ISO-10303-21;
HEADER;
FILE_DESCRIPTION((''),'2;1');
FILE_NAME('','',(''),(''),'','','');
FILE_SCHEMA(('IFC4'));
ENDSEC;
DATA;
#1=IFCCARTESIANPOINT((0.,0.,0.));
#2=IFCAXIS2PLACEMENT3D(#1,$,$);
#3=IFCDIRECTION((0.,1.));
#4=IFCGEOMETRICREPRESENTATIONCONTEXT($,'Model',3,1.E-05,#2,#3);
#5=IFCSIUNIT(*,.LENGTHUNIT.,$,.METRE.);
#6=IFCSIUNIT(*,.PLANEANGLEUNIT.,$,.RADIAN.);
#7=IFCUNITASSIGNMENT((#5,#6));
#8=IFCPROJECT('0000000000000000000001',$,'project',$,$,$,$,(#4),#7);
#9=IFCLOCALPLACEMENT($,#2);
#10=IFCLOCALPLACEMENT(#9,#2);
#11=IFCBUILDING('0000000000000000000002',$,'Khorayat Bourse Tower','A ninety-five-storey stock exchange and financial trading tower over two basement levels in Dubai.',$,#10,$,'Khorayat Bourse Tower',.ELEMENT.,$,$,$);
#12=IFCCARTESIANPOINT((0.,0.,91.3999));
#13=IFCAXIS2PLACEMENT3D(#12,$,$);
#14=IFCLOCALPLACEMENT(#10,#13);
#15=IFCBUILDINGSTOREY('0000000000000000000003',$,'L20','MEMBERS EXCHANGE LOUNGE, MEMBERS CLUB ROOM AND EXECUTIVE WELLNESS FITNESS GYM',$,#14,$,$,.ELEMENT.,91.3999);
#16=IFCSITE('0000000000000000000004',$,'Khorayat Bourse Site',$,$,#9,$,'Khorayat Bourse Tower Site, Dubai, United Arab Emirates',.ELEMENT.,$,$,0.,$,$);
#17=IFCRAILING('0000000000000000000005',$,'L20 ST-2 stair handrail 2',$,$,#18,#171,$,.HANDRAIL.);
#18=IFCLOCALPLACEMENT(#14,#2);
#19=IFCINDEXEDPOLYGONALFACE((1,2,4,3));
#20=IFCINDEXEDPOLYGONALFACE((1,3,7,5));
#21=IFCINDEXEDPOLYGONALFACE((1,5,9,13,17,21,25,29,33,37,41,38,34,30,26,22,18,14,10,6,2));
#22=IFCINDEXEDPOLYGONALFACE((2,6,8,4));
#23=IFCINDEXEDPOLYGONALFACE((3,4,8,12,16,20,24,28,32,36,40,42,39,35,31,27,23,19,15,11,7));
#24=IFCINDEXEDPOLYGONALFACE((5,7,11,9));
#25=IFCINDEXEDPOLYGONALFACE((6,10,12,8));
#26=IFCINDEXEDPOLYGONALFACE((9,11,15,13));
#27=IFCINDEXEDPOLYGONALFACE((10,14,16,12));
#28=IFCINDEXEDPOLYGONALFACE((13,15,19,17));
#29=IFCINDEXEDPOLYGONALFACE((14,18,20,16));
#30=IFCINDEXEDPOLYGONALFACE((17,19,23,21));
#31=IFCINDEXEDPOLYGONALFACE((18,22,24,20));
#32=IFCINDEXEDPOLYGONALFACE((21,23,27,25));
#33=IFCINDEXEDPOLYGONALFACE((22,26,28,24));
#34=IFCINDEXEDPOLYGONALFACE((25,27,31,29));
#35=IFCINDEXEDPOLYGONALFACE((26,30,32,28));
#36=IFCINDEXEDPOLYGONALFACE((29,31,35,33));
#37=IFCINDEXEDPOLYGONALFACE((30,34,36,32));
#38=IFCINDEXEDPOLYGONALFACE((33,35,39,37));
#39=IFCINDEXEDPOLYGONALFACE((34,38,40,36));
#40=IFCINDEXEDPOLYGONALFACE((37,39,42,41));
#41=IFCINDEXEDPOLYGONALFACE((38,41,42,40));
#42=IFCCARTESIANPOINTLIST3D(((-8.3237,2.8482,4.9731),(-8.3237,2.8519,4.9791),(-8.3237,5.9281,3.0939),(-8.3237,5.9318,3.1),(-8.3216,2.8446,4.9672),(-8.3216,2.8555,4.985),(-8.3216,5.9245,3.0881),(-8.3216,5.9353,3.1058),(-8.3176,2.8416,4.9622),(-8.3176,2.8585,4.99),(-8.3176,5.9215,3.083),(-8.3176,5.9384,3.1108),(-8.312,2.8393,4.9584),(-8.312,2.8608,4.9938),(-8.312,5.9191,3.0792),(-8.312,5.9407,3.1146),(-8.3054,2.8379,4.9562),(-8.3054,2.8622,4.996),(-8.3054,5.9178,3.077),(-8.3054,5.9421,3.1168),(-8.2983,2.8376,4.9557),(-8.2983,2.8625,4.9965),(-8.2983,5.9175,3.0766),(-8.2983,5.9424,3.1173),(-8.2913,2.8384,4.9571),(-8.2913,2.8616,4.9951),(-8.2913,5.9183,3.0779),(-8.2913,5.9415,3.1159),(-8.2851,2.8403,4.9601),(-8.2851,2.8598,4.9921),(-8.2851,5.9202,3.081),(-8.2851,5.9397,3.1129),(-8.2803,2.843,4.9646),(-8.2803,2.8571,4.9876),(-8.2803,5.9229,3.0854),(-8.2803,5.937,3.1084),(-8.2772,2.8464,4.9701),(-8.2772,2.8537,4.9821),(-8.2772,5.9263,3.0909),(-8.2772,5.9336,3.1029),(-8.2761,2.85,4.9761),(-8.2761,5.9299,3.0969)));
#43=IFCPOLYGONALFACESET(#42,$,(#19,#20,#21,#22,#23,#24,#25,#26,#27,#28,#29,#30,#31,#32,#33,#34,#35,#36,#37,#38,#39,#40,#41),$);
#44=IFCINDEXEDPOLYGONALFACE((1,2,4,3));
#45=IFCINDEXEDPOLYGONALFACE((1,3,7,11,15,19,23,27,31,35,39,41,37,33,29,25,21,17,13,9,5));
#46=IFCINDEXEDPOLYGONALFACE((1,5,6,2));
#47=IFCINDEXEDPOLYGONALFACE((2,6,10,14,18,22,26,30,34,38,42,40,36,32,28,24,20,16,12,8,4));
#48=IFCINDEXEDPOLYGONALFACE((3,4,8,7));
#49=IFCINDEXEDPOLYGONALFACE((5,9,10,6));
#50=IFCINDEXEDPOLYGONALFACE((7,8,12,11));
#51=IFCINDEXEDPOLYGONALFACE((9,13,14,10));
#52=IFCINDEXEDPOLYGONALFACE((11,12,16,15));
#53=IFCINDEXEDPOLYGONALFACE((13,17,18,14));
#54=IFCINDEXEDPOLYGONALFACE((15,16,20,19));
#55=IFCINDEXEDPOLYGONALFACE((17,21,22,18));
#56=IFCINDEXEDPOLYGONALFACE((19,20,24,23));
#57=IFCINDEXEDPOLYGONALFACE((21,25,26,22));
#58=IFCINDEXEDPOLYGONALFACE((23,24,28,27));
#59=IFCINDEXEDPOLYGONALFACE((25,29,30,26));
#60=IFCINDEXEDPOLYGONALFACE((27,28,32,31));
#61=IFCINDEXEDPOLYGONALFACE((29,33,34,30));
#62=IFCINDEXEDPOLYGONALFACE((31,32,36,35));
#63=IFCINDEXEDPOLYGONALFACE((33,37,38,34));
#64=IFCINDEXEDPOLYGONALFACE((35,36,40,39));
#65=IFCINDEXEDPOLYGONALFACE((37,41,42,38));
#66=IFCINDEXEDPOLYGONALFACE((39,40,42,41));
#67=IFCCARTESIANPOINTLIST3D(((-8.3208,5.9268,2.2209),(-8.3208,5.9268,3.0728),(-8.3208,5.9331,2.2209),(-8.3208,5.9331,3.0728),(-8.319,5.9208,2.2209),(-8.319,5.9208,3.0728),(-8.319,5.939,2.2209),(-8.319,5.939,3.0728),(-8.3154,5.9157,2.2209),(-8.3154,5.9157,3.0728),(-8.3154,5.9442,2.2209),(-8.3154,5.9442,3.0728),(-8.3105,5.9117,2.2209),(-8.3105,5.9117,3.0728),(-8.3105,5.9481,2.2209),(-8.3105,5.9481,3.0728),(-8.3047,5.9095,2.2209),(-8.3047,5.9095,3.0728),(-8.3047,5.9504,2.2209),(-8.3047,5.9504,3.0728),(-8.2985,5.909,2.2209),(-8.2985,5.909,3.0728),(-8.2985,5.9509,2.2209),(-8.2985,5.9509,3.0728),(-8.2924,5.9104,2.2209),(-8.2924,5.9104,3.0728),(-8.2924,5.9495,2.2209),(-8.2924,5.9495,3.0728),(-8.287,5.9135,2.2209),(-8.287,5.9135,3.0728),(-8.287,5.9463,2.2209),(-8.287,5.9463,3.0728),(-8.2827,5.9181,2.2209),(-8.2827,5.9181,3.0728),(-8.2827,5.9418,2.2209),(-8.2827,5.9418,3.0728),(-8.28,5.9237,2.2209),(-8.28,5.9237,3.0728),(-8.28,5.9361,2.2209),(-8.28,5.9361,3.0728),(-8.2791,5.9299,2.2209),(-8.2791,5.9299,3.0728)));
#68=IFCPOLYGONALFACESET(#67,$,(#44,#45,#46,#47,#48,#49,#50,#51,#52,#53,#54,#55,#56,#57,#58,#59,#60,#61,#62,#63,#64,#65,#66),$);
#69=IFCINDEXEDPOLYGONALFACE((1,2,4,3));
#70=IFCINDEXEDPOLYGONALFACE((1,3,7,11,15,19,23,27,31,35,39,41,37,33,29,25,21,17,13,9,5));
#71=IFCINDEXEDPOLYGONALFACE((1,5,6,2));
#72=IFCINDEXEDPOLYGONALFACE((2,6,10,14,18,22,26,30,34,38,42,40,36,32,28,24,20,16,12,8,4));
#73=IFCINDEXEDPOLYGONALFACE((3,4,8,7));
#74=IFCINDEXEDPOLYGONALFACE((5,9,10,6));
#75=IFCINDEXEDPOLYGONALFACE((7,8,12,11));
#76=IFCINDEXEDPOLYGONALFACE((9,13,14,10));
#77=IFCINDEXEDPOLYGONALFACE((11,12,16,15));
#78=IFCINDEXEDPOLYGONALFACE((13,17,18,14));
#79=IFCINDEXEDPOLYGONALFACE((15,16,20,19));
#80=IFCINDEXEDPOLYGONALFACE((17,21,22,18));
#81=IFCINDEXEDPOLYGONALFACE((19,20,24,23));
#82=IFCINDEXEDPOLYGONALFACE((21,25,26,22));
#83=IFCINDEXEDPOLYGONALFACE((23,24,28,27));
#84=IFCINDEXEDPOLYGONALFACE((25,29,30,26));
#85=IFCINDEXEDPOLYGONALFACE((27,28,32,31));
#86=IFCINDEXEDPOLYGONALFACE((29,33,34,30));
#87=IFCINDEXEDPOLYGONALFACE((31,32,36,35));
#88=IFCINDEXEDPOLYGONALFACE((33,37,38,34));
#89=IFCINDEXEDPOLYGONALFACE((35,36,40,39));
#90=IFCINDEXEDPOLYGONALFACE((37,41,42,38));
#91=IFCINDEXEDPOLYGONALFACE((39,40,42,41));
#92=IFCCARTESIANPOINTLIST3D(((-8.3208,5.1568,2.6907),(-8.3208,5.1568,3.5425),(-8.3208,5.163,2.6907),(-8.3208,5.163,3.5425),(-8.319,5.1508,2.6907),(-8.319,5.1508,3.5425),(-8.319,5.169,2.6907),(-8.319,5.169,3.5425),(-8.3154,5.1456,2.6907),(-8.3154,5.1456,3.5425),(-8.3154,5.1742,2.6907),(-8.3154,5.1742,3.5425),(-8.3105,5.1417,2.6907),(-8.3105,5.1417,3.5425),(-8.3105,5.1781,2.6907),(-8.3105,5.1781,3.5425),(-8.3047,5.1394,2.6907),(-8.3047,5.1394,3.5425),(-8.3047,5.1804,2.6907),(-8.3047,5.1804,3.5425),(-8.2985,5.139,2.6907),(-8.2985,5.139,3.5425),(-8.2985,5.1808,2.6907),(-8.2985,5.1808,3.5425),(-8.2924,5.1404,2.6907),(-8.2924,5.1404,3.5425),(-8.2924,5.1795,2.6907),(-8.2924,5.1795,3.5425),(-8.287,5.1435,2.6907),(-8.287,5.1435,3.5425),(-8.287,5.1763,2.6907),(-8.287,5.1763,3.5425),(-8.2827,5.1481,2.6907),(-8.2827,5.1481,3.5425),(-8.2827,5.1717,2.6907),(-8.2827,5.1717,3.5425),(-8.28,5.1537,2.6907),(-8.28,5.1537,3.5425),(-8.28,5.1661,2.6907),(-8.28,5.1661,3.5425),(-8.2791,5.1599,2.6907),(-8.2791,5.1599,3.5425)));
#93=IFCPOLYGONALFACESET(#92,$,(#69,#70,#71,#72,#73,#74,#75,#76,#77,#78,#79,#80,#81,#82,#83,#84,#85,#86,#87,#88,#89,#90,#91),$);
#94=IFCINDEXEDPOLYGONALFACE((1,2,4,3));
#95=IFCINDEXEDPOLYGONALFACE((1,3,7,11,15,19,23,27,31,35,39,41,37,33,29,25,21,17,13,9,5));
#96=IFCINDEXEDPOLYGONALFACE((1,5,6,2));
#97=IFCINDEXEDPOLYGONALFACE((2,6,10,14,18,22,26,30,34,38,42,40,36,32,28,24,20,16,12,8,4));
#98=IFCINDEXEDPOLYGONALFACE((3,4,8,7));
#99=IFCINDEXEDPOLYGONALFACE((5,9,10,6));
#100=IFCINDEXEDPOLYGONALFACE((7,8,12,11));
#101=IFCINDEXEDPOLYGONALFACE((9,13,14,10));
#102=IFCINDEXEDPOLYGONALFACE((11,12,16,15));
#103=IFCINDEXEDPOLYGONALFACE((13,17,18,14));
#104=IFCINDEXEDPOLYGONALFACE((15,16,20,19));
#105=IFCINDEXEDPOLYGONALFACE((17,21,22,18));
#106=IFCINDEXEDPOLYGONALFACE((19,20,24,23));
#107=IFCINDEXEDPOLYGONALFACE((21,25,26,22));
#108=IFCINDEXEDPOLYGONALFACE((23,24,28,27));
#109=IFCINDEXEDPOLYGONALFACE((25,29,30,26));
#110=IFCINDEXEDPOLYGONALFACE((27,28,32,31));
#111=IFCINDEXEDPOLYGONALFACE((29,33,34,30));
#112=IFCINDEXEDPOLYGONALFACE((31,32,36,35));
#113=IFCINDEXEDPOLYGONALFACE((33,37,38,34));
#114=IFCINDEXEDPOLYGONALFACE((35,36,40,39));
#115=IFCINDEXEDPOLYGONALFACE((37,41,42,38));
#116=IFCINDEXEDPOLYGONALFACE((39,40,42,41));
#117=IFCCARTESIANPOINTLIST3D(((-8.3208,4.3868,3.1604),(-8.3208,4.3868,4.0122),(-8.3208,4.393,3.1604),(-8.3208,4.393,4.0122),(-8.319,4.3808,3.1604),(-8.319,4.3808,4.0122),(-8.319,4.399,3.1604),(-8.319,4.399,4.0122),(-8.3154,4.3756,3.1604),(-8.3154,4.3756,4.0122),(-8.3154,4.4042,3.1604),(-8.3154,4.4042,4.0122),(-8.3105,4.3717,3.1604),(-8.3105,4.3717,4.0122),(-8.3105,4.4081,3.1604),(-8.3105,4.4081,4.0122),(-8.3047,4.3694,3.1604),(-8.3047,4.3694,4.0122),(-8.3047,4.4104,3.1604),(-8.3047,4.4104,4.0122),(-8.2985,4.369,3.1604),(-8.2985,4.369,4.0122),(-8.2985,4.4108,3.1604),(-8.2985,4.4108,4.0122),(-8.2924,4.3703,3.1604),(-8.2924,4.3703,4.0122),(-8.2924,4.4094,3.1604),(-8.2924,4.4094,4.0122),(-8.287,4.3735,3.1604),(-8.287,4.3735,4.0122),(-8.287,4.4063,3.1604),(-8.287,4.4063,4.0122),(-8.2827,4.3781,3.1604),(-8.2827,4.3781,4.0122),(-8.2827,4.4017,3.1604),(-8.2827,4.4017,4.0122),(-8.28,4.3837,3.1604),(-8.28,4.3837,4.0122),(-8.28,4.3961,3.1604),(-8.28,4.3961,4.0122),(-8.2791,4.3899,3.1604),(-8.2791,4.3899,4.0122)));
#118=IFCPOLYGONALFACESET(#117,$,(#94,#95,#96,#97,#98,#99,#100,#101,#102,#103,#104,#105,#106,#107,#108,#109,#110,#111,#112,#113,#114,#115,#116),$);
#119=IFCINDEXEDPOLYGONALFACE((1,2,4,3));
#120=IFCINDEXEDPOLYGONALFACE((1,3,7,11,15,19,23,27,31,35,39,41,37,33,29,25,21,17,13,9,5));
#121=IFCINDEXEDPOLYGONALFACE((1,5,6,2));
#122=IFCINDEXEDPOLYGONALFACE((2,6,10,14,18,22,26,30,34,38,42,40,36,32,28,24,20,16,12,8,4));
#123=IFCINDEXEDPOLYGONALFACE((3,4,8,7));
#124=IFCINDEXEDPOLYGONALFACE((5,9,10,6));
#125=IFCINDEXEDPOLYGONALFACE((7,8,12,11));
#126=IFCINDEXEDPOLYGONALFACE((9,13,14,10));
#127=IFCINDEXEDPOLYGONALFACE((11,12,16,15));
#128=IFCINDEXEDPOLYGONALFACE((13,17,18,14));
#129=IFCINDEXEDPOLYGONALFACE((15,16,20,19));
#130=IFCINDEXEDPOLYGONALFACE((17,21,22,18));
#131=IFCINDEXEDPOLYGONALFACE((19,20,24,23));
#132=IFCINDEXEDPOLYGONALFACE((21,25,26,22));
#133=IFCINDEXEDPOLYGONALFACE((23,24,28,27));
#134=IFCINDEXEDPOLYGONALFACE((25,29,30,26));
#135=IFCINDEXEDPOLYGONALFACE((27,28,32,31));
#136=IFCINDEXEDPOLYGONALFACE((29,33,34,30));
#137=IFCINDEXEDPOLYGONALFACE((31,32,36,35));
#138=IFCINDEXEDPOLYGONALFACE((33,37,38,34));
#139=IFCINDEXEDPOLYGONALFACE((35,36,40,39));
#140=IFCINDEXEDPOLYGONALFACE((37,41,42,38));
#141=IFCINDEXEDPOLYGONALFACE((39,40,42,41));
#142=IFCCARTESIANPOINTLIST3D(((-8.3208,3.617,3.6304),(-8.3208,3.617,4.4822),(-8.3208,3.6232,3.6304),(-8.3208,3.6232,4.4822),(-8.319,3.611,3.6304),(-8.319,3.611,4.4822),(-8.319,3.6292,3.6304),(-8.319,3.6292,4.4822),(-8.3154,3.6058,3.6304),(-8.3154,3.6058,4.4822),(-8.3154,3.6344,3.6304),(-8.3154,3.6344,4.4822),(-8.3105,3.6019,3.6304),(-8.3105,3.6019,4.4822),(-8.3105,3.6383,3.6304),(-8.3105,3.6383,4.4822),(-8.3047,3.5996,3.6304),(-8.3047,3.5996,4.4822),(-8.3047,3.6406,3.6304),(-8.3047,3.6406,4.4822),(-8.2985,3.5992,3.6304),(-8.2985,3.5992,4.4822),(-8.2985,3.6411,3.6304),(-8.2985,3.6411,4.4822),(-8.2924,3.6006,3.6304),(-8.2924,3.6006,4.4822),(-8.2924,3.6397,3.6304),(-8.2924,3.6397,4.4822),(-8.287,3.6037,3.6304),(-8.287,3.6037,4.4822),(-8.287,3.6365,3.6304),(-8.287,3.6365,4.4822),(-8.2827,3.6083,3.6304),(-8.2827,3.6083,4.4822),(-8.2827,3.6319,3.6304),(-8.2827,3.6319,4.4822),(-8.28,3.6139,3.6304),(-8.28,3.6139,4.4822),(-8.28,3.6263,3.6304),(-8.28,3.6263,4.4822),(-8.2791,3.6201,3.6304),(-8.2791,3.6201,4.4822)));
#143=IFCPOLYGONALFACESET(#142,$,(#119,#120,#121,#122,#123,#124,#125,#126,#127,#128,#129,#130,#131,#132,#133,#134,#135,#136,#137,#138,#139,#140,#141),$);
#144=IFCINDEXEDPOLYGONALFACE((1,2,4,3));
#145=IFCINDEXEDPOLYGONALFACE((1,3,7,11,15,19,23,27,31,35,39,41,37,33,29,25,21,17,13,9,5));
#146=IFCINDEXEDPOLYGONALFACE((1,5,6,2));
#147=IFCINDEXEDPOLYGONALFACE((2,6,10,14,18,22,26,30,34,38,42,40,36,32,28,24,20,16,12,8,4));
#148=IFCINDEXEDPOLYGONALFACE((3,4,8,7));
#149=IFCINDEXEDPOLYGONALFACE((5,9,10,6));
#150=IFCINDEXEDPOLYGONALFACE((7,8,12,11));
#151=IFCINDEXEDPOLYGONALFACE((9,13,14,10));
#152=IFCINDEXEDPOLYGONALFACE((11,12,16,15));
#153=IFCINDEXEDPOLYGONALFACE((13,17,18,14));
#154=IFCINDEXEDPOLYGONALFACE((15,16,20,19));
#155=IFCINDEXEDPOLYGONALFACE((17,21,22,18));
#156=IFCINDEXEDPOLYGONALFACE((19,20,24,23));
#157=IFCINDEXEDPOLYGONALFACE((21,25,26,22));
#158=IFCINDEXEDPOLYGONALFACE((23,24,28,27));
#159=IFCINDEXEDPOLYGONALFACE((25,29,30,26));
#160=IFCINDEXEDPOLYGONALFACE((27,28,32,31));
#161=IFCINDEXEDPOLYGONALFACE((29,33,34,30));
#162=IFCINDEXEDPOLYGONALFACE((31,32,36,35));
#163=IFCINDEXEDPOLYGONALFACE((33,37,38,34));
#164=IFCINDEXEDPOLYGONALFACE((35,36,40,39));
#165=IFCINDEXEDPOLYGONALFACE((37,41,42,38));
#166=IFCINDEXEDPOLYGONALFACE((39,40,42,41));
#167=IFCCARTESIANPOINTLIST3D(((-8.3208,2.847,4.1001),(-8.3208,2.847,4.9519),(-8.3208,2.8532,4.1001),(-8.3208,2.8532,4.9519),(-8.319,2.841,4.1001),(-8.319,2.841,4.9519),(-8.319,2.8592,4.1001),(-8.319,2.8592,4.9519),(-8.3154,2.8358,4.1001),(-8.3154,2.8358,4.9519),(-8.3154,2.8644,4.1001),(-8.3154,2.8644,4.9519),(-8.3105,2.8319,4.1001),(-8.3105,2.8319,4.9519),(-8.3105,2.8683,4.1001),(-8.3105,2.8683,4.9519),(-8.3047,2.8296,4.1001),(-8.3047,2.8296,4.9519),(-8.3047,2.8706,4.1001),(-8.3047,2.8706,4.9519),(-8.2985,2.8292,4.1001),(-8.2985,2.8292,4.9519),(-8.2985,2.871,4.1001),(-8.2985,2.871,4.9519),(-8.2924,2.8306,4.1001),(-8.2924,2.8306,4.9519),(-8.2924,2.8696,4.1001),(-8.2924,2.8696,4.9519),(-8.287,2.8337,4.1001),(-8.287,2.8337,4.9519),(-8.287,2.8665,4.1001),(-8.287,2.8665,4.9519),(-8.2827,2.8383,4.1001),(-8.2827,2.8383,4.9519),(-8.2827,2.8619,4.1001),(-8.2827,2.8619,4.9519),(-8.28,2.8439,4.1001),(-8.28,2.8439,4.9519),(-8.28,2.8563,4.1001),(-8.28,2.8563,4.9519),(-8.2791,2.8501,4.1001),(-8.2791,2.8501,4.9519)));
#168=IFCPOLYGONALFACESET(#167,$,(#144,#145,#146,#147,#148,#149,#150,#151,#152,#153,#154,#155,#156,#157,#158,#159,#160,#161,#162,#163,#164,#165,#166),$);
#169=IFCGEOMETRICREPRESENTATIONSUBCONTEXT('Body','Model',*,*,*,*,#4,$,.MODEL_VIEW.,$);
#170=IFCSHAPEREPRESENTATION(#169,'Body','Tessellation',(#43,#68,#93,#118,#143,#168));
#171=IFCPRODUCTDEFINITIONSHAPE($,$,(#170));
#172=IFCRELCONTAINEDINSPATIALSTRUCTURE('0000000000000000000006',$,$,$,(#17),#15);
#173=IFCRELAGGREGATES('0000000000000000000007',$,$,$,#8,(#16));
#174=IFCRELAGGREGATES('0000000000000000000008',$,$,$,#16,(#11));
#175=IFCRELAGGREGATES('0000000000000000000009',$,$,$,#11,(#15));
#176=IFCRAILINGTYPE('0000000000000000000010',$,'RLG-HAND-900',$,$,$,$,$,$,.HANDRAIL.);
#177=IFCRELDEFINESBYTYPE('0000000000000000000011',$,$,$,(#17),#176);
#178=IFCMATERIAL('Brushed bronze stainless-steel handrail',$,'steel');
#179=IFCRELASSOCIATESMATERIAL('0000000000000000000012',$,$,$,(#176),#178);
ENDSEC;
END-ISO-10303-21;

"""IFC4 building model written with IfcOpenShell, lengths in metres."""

from ifc_helpers import new_model, si_unit, direction, frame, origin, origin_2d, place, context, subcontext, project, spatial, circle, extrude, source, transform, mapped, material, type_object, element, save


model = new_model("IFC4")

# Units and contexts
model_context = context("Model", 3, precision=1e-05, world=origin(), true_north=direction((0.0, 1.0)))
body_context = subcontext(model_context, "Body", "Model", "MODEL_VIEW")
ifc_project = project(units=[si_unit("LENGTHUNIT", "METRE"), si_unit("PLANEANGLEUNIT", "RADIAN")], contexts=[model_context])

# Site, building, storey
site_placement = place(None, origin())
site = spatial("IfcSite", under=ifc_project, at=site_placement, Name="Khorayat Bourse Site", LongName="Khorayat Bourse Tower Site, Dubai, United Arab Emirates", CompositionType="ELEMENT", RefElevation=0.0)
building_placement = place(site_placement, origin())
building = spatial("IfcBuilding", under=site, at=building_placement, Name="Khorayat Bourse Tower", Description="A ninety-five-storey stock exchange and financial trading tower over two basement levels in Dubai.", LongName="Khorayat Bourse Tower", CompositionType="ELEMENT")
storey_placement = place(building_placement, frame((0.0, 0.0, 91.3999)))
storey = spatial("IfcBuildingStorey", under=building, at=storey_placement, Name="L20", Description="MEMBERS EXCHANGE LOUNGE, MEMBERS CLUB ROOM AND EXECUTIVE WELLNESS FITNESS GYM", CompositionType="ELEMENT", Elevation=91.3999)

# Railing
ifc_material_1 = material(Name="Brushed bronze stainless-steel handrail", Category="steel")
railing_type_1 = type_object("IfcRailingType", Name="RLG-HAND-900", PredefinedType="HANDRAIL", material=ifc_material_1)
shared_shape_1 = source(origin(), body_context, "Body", "SweptSolid", [
    extrude(circle(Radius=0.0239, at=origin_2d()), frame((0.0, 0.0, 0.876), z_axis=(0.0, -0.853648, 0.52085), x_axis=(1.0, 0.0, 0.0)), (0.0, 0.0, 1.0), 3.6079),
    extrude(circle(Radius=0.021, at=origin_2d()), origin(), (0.0, 0.0, 1.0), 0.8518),
    extrude(circle(Radius=0.021, at=origin_2d()), frame((0.0, -0.77, 0.4697)), (0.0, 0.0, 1.0), 0.8518),
    extrude(circle(Radius=0.021, at=origin_2d()), frame((0.0, -1.54, 0.9395)), (0.0, 0.0, 1.0), 0.8518),
    extrude(circle(Radius=0.021, at=origin_2d()), frame((0.0, -2.3098, 1.4094)), (0.0, 0.0, 1.0), 0.8518),
    extrude(circle(Radius=0.021, at=origin_2d()), frame((0.0, -3.0798, 1.8792)), (0.0, 0.0, 1.0), 0.8518),
])
railing_1_placement = place(storey_placement, frame((-8.3, 5.9299, 2.2209)))
element("IfcRailing", 1, at=railing_1_placement, inside=storey, type_object=railing_type_1, Name="L20 ST-2 stair handrail 2", PredefinedType="HANDRAIL", context=body_context, shape_type="MappedRepresentation", body=[
    mapped(shared_shape_1, transform((0.0, 0.0, 0.0), scale=1.0)),
])

save(model, "model.ifc")
